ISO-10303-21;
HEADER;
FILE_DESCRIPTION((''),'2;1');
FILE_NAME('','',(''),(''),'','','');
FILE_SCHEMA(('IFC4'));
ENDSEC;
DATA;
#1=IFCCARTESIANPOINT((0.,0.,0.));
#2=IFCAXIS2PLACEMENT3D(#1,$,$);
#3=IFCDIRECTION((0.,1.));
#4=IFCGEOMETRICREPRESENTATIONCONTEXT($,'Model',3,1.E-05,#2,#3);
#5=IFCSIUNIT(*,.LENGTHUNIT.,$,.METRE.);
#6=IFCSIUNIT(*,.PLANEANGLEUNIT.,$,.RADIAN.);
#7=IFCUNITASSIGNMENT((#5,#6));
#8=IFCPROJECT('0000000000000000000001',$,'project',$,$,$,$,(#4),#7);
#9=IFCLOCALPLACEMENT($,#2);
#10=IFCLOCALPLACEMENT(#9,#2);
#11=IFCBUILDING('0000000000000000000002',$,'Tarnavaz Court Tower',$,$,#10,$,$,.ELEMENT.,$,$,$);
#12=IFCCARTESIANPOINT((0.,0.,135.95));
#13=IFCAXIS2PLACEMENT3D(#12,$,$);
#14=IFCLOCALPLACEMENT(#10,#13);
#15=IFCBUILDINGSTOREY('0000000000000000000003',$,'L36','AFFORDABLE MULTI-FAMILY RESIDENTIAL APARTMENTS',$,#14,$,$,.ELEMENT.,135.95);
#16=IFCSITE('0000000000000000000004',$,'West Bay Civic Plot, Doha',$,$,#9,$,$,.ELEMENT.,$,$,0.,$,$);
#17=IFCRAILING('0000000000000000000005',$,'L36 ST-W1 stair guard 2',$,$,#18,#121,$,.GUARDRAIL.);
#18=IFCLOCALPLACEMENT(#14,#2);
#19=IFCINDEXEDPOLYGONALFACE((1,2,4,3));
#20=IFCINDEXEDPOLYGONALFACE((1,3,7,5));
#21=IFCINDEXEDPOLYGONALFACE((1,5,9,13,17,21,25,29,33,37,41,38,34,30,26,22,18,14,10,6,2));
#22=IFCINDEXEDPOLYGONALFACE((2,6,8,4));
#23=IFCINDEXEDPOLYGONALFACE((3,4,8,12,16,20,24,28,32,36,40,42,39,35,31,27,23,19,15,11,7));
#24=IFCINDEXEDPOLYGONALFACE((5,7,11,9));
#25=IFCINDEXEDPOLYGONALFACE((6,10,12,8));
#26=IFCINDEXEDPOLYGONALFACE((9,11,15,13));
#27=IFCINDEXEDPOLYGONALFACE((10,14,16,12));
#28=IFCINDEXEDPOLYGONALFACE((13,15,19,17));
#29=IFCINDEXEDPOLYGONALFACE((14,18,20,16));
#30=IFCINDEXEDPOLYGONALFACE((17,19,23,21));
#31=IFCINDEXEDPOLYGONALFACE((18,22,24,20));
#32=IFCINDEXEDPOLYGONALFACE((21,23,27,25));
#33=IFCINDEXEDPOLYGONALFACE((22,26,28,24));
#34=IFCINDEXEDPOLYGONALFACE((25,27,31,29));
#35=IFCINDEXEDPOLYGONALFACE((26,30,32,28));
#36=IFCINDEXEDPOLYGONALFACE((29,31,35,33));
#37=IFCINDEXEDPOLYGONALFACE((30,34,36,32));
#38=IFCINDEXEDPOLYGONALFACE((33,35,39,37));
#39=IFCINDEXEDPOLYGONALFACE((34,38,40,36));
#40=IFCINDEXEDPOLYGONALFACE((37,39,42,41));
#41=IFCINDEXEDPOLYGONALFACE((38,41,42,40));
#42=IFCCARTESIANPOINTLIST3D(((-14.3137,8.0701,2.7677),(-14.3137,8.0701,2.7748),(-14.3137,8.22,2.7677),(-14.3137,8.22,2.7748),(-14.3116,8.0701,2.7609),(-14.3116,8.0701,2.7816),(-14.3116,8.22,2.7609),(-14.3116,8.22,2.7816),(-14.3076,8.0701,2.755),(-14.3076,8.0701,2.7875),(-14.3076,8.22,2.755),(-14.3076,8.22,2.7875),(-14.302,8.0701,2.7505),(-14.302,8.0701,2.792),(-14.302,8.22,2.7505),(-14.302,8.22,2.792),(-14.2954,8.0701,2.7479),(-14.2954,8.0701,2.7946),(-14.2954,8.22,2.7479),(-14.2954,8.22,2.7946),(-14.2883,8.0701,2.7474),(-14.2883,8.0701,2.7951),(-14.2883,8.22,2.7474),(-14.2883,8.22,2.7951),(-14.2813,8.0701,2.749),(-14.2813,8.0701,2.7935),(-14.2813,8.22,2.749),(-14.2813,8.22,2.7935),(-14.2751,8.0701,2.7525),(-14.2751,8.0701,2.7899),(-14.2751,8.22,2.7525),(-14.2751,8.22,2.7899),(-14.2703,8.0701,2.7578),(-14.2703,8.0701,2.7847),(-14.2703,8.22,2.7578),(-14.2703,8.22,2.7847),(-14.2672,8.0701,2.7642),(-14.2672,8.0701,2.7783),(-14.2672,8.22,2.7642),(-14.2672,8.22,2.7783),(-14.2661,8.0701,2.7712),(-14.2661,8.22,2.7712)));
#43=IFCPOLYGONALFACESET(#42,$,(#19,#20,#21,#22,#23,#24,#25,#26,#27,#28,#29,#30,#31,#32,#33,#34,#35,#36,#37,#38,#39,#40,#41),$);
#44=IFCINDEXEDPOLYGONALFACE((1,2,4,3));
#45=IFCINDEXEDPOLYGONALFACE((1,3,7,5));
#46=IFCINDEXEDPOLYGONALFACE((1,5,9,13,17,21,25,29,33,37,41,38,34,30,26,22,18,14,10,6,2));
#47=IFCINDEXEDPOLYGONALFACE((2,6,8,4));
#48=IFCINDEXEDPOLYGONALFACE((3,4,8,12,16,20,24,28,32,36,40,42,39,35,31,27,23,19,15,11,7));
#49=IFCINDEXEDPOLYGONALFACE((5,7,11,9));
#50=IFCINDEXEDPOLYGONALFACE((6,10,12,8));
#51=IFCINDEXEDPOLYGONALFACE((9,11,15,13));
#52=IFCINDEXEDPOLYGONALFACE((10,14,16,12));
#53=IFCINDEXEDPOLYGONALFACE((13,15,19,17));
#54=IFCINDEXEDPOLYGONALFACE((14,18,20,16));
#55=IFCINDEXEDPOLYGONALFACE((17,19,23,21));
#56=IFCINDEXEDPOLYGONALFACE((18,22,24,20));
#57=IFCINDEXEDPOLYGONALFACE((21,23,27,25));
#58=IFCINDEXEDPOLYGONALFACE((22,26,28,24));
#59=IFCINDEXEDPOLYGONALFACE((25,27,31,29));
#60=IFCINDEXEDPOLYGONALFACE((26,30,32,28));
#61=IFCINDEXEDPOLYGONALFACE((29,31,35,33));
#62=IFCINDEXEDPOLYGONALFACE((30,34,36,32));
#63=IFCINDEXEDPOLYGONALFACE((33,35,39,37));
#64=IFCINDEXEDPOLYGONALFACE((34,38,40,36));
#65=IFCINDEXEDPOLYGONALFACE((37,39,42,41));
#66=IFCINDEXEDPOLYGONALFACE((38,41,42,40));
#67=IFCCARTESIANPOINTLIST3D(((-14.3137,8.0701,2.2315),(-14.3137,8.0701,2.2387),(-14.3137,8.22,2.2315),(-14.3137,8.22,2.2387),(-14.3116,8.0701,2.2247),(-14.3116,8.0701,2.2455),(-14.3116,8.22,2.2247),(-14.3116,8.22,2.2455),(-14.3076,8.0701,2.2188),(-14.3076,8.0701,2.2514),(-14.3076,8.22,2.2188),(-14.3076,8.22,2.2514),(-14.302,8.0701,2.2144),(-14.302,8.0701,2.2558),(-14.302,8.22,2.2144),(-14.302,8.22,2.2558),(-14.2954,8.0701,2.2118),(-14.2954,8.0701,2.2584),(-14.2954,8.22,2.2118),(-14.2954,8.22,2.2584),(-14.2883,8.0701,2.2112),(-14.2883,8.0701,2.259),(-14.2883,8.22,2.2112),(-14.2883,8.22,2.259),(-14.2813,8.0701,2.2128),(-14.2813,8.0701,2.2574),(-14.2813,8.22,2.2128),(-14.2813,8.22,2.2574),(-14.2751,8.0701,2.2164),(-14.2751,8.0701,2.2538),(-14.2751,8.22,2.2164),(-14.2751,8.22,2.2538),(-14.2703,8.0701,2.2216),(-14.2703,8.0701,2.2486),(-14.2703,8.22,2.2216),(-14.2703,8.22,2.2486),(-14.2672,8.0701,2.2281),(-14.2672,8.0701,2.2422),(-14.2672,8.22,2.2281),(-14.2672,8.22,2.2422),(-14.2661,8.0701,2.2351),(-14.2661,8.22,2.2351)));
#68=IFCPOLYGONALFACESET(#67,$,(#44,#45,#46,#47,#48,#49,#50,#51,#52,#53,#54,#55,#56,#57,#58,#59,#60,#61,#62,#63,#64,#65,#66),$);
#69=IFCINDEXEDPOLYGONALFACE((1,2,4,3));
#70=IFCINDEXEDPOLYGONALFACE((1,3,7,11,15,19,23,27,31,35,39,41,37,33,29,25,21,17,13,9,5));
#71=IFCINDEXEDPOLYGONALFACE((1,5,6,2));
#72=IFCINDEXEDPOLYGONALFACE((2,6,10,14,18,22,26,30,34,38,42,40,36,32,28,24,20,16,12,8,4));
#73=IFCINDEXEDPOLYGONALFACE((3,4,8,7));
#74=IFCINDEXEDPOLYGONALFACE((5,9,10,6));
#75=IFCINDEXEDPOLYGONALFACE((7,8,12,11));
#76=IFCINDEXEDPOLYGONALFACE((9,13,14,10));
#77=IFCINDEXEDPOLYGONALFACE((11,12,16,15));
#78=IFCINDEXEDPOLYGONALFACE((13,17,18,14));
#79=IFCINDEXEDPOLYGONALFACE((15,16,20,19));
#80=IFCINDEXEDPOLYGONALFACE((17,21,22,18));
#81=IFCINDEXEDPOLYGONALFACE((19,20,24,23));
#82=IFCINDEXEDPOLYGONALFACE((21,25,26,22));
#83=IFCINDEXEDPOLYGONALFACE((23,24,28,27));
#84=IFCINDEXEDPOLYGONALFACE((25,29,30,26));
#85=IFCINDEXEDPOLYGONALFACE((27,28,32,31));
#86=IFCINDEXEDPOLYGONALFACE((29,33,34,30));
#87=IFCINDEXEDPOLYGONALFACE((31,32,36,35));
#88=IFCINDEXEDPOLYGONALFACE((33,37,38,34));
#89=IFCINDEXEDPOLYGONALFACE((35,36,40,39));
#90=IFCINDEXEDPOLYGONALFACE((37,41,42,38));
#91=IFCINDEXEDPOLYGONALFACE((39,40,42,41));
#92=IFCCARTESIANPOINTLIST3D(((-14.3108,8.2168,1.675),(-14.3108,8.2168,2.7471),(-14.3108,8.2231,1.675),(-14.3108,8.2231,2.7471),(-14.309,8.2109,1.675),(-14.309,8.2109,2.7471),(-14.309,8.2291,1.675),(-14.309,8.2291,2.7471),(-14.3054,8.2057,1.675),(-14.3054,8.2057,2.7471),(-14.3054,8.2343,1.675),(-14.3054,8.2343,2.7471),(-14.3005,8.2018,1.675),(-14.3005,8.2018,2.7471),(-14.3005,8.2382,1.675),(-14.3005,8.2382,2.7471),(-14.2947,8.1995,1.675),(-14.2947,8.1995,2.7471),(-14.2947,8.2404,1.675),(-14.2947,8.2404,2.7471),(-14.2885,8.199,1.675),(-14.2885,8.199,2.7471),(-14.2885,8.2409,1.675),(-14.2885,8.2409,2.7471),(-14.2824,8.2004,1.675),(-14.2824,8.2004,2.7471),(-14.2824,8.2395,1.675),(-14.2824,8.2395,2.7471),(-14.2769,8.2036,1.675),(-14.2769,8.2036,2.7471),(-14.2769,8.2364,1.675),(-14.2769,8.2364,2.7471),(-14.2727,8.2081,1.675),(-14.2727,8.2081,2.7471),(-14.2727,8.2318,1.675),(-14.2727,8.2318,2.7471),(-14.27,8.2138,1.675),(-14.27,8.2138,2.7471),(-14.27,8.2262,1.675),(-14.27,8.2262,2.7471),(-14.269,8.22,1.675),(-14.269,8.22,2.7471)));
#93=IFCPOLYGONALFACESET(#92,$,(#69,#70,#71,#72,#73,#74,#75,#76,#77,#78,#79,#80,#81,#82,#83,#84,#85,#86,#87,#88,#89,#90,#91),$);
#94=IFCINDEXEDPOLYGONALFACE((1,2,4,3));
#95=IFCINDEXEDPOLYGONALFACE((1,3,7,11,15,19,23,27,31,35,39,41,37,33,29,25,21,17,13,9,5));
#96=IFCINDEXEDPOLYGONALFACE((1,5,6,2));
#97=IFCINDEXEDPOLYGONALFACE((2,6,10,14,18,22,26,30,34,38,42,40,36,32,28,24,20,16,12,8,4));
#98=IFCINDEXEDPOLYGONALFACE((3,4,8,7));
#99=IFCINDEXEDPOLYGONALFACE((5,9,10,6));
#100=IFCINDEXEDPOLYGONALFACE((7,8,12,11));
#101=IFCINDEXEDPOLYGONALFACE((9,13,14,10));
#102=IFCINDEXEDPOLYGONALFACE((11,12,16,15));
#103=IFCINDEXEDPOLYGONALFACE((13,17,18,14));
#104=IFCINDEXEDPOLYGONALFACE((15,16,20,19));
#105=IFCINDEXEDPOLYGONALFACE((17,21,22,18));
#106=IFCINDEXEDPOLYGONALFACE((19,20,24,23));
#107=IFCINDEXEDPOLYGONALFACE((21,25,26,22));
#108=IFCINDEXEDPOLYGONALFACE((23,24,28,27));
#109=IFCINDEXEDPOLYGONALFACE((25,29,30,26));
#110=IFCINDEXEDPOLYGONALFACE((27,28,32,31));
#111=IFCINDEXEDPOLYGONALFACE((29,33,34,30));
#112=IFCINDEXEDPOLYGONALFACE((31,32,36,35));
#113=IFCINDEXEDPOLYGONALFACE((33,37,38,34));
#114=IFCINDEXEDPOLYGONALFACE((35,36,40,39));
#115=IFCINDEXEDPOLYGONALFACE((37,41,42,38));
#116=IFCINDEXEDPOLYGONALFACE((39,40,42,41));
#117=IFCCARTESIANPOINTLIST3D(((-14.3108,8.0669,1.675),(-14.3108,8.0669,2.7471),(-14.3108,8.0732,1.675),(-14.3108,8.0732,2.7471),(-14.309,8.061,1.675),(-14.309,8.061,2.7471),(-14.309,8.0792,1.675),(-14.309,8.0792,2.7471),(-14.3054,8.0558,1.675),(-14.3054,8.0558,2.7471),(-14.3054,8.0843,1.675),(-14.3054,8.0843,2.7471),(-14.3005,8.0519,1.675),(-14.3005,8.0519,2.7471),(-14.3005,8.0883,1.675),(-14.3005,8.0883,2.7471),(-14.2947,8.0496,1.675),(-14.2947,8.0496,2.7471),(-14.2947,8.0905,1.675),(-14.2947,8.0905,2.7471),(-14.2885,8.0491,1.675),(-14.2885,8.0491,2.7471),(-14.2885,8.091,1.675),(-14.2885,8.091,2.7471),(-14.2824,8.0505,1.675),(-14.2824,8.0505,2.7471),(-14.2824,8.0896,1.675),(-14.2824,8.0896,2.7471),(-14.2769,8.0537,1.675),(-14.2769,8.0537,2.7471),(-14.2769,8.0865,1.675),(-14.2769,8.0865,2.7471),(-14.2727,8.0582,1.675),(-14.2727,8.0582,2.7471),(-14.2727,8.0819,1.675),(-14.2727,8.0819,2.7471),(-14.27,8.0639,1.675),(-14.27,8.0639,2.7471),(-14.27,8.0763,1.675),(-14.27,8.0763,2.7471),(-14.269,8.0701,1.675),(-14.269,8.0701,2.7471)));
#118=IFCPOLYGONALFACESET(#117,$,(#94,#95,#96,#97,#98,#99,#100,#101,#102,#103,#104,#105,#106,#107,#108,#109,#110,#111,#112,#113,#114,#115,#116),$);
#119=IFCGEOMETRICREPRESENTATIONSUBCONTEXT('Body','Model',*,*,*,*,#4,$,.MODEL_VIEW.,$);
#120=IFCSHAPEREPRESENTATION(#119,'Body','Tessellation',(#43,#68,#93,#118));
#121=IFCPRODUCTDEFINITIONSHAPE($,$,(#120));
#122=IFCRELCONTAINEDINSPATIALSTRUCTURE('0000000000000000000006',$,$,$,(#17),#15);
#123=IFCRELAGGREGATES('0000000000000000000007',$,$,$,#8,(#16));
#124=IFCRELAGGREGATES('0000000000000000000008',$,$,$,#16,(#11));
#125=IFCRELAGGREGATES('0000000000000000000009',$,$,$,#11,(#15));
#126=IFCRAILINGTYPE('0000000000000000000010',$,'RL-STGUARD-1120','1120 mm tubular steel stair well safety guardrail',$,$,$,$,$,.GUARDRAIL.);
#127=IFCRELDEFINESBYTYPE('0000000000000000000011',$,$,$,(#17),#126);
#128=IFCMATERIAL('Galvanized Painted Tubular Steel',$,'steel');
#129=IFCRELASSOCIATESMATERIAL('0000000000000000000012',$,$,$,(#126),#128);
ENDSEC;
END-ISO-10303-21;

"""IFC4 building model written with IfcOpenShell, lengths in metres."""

from ifc_helpers import new_model, si_unit, direction, frame, origin, origin_2d, place, context, subcontext, project, spatial, circle, extrude, material, type_object, element, save


model = new_model("IFC4")

# Units and contexts
model_context = context("Model", 3, precision=1e-05, world=origin(), true_north=direction((0.0, 1.0)))
body_context = subcontext(model_context, "Body", "Model", "MODEL_VIEW")
ifc_project = project(units=[si_unit("LENGTHUNIT", "METRE"), si_unit("PLANEANGLEUNIT", "RADIAN")], contexts=[model_context])

# Site, building, storey
site_placement = place(None, origin())
site = spatial("IfcSite", under=ifc_project, at=site_placement, Name="West Bay Civic Plot, Doha", CompositionType="ELEMENT", RefElevation=0.0)
building_placement = place(site_placement, origin())
building = spatial("IfcBuilding", under=site, at=building_placement, Name="Tarnavaz Court Tower", CompositionType="ELEMENT")
storey_placement = place(building_placement, frame((0.0, 0.0, 135.95)))
storey = spatial("IfcBuildingStorey", under=building, at=storey_placement, Name="L36", Description="AFFORDABLE MULTI-FAMILY RESIDENTIAL APARTMENTS", CompositionType="ELEMENT", Elevation=135.95)

# Railing
ifc_material_1 = material(Name="Galvanized Painted Tubular Steel", Category="steel")
railing_type_1 = type_object("IfcRailingType", Name="RL-STGUARD-1120", Description="1120 mm tubular steel stair well safety guardrail", PredefinedType="GUARDRAIL", material=ifc_material_1)
railing_1_placement = place(storey_placement, frame((-14.29, 8.22, 1.675)))
element("IfcRailing", 1, at=railing_1_placement, inside=storey, type_object=railing_type_1, Name="L36 ST-W1 stair guard 2", PredefinedType="GUARDRAIL", context=body_context, shape_type="SweptSolid", body=[
    extrude(circle(Radius=0.0239, at=origin_2d()), frame((0.0, 0.0, 1.0962), z_axis=(0.0, -1.0, 0.0), x_axis=(1.0, 0.0, 0.0)), (0.0, 0.0, 1.0), 0.1499),
    extrude(circle(Radius=0.0239, at=origin_2d()), frame((0.0, 0.0, 0.5601), z_axis=(0.0, -1.0, 0.0), x_axis=(1.0, 0.0, 0.0)), (0.0, 0.0, 1.0), 0.1499),
    extrude(circle(Radius=0.021, at=origin_2d()), origin(), (0.0, 0.0, 1.0), 1.072),
    extrude(circle(Radius=0.021, at=origin_2d()), frame((0.0, -0.1499, 0.0)), (0.0, 0.0, 1.0), 1.072),
])

save(model, "model.ifc")
